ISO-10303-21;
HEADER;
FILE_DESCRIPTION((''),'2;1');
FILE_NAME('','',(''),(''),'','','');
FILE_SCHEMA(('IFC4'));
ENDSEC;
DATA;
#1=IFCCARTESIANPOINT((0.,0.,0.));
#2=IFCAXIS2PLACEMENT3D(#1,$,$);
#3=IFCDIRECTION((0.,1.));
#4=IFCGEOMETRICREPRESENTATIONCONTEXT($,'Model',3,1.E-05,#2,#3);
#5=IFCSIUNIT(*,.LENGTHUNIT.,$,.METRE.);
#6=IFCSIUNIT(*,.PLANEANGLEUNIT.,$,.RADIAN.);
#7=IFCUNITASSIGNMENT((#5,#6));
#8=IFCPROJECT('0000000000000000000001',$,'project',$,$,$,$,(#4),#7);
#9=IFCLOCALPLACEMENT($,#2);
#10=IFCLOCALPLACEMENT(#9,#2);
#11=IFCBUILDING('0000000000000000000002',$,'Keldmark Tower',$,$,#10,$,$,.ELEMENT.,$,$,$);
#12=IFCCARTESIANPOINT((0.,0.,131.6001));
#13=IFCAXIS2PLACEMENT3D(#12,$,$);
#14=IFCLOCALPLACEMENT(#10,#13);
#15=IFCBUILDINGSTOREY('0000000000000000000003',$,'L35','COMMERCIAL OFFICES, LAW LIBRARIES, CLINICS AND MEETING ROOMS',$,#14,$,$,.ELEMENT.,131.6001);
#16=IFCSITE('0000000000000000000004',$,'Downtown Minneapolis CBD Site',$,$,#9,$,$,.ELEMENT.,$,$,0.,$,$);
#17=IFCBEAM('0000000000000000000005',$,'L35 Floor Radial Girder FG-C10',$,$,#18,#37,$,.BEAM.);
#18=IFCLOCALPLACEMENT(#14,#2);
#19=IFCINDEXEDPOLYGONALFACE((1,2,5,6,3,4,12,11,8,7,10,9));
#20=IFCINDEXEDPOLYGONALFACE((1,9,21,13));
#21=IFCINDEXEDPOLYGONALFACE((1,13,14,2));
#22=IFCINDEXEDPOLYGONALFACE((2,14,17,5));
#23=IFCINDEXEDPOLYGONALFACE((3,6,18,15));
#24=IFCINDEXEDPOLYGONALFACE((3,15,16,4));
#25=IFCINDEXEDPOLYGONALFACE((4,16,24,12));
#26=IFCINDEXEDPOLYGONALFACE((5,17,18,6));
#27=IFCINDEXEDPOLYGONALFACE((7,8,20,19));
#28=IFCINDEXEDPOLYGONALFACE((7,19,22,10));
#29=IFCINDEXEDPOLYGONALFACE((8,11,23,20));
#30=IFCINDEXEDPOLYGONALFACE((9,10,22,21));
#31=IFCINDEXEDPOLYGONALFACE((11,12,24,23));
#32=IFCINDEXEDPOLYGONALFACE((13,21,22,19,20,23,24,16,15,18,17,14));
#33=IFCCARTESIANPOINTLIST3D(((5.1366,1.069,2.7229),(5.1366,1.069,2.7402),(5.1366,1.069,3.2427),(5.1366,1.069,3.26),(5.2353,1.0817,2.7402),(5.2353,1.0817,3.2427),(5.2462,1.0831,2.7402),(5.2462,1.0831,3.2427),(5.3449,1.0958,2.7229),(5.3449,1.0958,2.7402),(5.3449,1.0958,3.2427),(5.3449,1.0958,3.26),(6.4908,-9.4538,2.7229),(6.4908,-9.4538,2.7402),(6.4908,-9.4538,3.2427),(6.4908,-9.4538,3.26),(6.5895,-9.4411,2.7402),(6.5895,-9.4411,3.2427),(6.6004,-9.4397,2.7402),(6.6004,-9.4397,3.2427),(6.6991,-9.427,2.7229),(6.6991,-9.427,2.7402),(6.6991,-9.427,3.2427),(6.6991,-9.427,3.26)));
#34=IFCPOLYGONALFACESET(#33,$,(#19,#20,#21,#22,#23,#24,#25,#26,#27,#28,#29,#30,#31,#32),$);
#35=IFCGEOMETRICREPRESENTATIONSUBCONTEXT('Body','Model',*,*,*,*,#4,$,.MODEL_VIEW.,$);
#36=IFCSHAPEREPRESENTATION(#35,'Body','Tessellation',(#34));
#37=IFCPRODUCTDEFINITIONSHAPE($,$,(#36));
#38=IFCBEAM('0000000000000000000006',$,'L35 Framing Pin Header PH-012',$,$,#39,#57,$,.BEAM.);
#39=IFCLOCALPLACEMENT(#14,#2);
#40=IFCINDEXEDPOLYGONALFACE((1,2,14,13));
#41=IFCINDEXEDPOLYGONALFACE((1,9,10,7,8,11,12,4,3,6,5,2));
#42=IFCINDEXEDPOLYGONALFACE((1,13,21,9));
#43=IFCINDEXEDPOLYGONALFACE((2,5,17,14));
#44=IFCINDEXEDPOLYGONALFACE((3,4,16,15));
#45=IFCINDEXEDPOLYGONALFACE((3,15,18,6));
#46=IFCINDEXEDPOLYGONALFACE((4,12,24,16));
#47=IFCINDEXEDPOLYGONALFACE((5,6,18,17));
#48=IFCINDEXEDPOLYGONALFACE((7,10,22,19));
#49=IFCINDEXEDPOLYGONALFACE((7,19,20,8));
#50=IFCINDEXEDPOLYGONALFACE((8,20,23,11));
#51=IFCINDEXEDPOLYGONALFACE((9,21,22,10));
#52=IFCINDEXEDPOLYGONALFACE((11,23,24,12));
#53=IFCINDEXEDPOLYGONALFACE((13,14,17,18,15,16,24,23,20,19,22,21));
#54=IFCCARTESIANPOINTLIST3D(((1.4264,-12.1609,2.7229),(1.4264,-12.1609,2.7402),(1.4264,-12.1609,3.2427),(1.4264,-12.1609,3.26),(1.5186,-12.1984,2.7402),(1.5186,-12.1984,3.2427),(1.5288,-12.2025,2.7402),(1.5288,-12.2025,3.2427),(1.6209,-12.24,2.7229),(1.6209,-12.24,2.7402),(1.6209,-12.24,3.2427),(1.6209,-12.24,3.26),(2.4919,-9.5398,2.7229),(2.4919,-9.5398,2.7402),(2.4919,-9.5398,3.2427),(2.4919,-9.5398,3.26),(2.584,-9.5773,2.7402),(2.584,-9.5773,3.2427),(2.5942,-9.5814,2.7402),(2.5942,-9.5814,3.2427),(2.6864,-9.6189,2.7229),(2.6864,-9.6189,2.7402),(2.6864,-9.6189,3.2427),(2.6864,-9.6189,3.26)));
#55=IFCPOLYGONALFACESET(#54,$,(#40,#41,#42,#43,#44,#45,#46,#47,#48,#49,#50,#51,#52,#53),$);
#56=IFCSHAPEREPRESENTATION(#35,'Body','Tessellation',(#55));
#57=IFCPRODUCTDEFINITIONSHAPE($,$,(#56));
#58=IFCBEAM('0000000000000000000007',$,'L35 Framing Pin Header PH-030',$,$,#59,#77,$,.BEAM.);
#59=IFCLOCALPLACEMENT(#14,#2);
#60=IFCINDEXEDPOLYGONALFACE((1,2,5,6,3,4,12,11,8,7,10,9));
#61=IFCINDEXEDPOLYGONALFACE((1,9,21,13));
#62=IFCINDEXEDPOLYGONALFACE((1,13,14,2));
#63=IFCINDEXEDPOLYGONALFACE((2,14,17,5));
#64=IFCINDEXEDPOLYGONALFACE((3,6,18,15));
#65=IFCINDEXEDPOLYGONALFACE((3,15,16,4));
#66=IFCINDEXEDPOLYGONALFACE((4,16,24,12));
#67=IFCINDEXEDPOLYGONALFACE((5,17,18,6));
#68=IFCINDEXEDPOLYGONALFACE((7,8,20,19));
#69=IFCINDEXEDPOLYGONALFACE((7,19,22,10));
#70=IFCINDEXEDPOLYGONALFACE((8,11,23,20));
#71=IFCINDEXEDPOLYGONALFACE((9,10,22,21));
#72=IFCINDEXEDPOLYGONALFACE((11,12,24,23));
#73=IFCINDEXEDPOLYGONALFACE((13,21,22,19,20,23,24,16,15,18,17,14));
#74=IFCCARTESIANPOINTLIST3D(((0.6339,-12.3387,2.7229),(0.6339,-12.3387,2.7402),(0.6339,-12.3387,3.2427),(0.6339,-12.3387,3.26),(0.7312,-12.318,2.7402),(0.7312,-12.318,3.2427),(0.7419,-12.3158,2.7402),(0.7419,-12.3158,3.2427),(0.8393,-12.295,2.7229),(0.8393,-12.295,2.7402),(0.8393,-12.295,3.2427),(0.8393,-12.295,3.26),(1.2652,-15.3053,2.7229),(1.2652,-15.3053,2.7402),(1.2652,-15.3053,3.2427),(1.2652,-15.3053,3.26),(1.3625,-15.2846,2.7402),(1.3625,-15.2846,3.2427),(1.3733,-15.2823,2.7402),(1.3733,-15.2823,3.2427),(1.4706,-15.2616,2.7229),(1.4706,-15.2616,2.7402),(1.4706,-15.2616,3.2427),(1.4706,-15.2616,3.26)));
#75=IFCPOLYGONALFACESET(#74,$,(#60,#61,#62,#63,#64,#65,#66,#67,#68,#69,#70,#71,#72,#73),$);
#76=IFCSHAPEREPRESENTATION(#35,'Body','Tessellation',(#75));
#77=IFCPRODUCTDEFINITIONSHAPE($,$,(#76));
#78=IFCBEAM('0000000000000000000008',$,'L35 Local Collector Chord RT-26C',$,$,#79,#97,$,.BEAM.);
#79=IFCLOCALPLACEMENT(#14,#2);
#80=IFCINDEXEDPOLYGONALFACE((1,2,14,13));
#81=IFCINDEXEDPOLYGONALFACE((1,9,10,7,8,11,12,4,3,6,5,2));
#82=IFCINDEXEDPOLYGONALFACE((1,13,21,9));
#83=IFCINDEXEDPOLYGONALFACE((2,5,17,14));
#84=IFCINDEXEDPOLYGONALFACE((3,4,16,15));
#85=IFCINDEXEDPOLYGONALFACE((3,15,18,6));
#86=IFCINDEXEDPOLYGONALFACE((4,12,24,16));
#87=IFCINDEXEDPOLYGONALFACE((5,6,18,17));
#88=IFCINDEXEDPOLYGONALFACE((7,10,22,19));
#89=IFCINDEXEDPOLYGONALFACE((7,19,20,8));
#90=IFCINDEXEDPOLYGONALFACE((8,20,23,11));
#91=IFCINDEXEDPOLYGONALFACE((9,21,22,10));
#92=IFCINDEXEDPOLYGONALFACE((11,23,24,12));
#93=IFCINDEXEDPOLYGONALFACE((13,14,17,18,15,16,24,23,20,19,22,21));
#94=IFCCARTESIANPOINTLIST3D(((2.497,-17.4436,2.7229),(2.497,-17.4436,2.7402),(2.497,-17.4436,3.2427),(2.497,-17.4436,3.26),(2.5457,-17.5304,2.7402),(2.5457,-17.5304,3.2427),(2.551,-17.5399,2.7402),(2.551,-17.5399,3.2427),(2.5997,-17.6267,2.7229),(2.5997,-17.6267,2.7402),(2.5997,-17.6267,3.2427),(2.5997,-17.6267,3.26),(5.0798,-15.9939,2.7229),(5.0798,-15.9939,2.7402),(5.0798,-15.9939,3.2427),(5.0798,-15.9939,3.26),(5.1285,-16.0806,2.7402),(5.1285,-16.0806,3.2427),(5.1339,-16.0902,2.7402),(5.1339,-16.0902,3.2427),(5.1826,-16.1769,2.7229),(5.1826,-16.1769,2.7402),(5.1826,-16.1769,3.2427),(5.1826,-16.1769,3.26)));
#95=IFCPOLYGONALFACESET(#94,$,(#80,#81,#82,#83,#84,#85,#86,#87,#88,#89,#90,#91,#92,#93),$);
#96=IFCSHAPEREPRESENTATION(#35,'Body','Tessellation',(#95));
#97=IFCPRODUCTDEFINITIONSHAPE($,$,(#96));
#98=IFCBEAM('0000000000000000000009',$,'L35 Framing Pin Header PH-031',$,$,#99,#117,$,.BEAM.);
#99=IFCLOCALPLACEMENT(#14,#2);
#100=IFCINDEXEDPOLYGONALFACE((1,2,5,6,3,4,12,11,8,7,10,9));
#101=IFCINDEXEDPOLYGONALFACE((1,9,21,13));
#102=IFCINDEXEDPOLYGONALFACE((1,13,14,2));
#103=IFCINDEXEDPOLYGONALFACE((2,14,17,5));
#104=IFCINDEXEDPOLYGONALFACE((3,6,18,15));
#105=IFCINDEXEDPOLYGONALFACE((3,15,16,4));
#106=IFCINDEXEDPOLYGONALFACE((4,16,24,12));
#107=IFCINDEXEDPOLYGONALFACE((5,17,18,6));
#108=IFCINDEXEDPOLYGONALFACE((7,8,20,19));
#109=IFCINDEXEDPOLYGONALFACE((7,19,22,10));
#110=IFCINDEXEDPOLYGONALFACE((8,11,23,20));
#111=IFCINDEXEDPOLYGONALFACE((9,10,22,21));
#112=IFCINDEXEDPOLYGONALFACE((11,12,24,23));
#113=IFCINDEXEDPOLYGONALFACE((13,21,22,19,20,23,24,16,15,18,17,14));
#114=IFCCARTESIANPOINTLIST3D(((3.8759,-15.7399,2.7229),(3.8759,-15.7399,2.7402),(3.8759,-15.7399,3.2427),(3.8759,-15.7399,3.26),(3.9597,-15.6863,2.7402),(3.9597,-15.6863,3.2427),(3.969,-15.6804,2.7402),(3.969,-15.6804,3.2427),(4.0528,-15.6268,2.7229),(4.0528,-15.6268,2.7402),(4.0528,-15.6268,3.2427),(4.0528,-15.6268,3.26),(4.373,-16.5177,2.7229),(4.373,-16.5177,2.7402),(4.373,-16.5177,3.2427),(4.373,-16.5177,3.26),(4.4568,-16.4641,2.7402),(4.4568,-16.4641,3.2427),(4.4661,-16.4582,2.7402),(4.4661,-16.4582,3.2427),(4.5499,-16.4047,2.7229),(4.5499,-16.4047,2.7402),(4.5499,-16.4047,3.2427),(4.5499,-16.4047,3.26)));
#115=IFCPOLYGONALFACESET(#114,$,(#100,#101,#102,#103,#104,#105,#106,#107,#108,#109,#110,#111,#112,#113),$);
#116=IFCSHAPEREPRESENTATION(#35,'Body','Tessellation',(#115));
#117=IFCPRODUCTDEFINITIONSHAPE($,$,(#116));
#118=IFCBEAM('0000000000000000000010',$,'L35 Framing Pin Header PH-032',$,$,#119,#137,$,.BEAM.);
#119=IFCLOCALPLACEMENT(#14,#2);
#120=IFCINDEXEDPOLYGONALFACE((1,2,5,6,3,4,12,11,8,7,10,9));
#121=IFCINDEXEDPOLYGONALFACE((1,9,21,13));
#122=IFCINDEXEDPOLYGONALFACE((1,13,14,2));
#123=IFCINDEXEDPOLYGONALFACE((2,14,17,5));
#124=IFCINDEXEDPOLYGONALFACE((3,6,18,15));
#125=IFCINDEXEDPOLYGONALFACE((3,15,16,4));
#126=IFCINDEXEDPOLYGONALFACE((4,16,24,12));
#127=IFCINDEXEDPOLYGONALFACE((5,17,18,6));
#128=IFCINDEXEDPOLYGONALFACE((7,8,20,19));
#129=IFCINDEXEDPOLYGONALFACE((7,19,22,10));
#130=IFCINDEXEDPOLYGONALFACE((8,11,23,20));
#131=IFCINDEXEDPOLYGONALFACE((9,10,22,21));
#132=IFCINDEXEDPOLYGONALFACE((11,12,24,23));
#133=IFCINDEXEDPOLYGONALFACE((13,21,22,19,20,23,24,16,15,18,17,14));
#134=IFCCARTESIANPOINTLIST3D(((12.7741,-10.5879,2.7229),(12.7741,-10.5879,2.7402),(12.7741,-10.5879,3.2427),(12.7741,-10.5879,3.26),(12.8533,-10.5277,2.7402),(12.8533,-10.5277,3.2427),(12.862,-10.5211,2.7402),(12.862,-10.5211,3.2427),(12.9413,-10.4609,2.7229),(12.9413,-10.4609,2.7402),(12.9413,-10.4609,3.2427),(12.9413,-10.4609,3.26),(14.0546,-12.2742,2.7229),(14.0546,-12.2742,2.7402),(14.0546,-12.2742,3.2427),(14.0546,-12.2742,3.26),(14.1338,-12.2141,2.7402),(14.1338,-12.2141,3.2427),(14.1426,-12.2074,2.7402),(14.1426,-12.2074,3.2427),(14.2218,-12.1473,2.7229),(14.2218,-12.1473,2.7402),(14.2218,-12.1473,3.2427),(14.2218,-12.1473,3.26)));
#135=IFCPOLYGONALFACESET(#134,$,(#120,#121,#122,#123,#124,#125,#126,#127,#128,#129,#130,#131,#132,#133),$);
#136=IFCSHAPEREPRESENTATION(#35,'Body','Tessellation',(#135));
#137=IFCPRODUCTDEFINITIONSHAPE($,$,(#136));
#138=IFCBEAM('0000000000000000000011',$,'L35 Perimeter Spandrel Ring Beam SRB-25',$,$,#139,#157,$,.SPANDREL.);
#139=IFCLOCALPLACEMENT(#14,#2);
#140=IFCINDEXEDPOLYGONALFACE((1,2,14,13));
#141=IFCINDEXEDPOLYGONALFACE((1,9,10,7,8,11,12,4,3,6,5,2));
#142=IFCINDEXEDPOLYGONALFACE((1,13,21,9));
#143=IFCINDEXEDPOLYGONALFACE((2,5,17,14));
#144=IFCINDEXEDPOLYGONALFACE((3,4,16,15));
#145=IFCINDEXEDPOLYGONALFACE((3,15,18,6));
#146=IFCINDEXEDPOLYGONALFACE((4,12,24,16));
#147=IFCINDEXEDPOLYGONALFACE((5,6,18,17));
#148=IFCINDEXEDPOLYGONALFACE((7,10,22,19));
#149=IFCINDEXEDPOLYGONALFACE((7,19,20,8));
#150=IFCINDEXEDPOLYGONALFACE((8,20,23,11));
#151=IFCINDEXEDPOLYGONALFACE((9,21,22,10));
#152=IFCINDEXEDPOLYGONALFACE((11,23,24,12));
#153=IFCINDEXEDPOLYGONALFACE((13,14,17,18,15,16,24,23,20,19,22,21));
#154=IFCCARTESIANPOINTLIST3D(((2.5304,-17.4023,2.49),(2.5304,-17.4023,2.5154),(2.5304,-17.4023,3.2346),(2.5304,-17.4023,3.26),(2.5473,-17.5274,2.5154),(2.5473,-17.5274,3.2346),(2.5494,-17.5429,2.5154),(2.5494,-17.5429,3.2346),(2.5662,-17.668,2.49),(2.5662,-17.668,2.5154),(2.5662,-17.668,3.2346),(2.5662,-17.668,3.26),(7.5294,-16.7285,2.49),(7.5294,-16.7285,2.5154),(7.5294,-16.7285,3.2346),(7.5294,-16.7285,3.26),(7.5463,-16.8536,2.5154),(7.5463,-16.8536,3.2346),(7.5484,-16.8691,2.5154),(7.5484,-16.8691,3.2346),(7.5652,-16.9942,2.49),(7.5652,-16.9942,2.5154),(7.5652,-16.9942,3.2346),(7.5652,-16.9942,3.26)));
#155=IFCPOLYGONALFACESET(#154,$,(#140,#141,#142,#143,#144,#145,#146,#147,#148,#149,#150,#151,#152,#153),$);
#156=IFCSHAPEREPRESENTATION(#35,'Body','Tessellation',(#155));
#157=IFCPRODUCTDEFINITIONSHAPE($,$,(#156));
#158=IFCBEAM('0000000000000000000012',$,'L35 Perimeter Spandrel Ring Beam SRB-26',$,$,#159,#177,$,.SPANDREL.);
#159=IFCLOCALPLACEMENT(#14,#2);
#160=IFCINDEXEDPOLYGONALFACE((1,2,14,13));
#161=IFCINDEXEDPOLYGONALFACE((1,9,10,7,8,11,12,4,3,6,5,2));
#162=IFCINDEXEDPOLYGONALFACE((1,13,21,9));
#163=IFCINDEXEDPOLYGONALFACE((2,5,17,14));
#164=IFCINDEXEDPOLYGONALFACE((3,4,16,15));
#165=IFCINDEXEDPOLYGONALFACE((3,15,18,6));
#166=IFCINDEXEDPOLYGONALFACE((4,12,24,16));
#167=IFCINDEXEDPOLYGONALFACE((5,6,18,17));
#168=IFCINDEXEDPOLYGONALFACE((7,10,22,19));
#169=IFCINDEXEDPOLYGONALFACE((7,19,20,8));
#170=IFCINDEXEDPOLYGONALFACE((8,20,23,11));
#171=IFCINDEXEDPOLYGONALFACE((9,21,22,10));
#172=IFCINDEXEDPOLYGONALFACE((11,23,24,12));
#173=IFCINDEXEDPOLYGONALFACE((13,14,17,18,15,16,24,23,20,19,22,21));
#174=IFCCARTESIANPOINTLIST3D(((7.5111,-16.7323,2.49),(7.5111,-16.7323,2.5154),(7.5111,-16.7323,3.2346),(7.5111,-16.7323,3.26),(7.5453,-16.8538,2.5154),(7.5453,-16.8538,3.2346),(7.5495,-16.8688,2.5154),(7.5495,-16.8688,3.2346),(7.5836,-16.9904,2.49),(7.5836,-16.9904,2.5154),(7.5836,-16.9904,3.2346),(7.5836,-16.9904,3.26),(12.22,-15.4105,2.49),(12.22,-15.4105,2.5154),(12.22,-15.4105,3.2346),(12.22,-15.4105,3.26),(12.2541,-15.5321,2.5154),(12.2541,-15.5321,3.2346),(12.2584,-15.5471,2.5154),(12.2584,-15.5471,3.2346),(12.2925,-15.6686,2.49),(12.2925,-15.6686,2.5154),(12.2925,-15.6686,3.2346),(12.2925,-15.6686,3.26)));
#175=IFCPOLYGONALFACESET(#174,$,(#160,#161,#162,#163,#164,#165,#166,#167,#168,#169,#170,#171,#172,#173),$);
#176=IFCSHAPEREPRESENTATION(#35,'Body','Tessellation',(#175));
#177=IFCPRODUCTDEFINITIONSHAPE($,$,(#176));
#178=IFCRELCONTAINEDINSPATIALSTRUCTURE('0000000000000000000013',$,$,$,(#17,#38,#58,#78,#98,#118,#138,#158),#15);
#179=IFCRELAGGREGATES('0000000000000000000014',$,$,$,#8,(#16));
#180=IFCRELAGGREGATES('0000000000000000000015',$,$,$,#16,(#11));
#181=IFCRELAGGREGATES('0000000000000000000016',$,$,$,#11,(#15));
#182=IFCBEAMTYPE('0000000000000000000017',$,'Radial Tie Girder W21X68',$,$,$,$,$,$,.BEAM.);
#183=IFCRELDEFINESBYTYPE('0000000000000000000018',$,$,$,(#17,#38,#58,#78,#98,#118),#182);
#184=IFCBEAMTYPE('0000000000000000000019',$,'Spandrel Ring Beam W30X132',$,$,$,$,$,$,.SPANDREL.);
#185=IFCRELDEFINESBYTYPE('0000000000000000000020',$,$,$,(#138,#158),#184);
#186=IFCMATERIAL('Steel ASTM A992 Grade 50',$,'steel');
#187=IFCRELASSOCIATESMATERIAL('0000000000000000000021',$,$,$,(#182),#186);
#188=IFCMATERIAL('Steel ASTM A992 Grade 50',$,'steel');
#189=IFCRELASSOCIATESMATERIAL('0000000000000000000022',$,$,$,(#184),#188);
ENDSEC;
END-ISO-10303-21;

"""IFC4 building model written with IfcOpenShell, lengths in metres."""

from ifc_helpers import new_model, si_unit, direction, frame, origin, origin_2d, place, context, subcontext, project, spatial, i_section, extrude, material, material_profile, profile_set, type_object, element, save


model = new_model("IFC4")

# Units and contexts
model_context = context("Model", 3, precision=1e-05, world=origin(), true_north=direction((0.0, 1.0)))
body_context = subcontext(model_context, "Body", "Model", "MODEL_VIEW")
ifc_project = project(units=[si_unit("LENGTHUNIT", "METRE"), si_unit("PLANEANGLEUNIT", "RADIAN")], contexts=[model_context])

# Site, building, storey
site_placement = place(None, origin())
site = spatial("IfcSite", under=ifc_project, at=site_placement, Name="Downtown Minneapolis CBD Site", CompositionType="ELEMENT", RefElevation=0.0)
building_placement = place(site_placement, origin())
building = spatial("IfcBuilding", under=site, at=building_placement, Name="Keldmark Tower", CompositionType="ELEMENT")
storey_placement = place(building_placement, frame((0.0, 0.0, 131.6001)))
storey = spatial("IfcBuildingStorey", under=building, at=storey_placement, Name="L35", Description="COMMERCIAL OFFICES, LAW LIBRARIES, CLINICS AND MEETING ROOMS", CompositionType="ELEMENT", Elevation=131.6001)

# Beams
ifc_material_1 = material(Name="Steel ASTM A992 Grade 50", Category="steel")
ifc_material_profile_1 = material_profile(ifc_material_1, i_section(OverallWidth=0.21, OverallDepth=0.5371, WebThickness=0.011, FlangeThickness=0.0173, at=origin_2d()), Name="W21X68")
ifc_profile_set_1 = profile_set([ifc_material_profile_1], Name="Steel ASTM A992 Grade 50")
beam_type_1 = type_object("IfcBeamType", Name="Radial Tie Girder W21X68", PredefinedType="BEAM", material=ifc_profile_set_1)
beam_1_placement = place(storey_placement, frame((6.595, -9.4404, 2.9915), z_axis=(-0.127642, 0.99182, 0.0), x_axis=(-0.99182, -0.127642, 0.0)))
element("IfcBeam", 1, at=beam_1_placement, inside=storey, type_object=beam_type_1, Name="L35 Floor Radial Girder FG-C10", PredefinedType="BEAM", context=body_context, shape_type="SweptSolid", body=[
    extrude(i_section(OverallWidth=0.21, OverallDepth=0.5371, WebThickness=0.011, FlangeThickness=0.0173, at=origin_2d()), origin(), (0.0, 0.0, 1.0), 10.6096),
])
beam_2_placement = place(storey_placement, frame((2.5891, -9.5793, 2.9915), z_axis=(-0.376562, -0.926391, 0.0), x_axis=(0.926391, -0.376562, 0.0)))
element("IfcBeam", 2, at=beam_2_placement, inside=storey, type_object=beam_type_1, Name="L35 Framing Pin Header PH-012", PredefinedType="BEAM", context=body_context, shape_type="SweptSolid", body=[
    extrude(i_section(OverallWidth=0.21, OverallDepth=0.5371, WebThickness=0.011, FlangeThickness=0.0173, at=origin_2d()), origin(), (0.0, 0.0, 1.0), 2.8293),
])
beam_3_placement = place(storey_placement, frame((0.7366, -12.3169, 2.9915), z_axis=(0.20816, -0.978095, 0.0), x_axis=(0.978095, 0.20816, 0.0)))
element("IfcBeam", 3, at=beam_3_placement, inside=storey, type_object=beam_type_1, Name="L35 Framing Pin Header PH-030", PredefinedType="BEAM", context=body_context, shape_type="SweptSolid", body=[
    extrude(i_section(OverallWidth=0.21, OverallDepth=0.5371, WebThickness=0.011, FlangeThickness=0.0173, at=origin_2d()), origin(), (0.0, 0.0, 1.0), 3.033),
])
beam_4_placement = place(storey_placement, frame((2.5483, -17.5352, 2.9915), z_axis=(0.872022, 0.489467, 0.0), x_axis=(-0.489467, 0.872022, 0.0)))
element("IfcBeam", 4, at=beam_4_placement, inside=storey, type_object=beam_type_1, Name="L35 Local Collector Chord RT-26C", PredefinedType="BEAM", context=body_context, shape_type="SweptSolid", body=[
    extrude(i_section(OverallWidth=0.21, OverallDepth=0.5371, WebThickness=0.011, FlangeThickness=0.0173, at=origin_2d()), origin(), (0.0, 0.0, 1.0), 2.9619),
])
beam_5_placement = place(storey_placement, frame((3.9644, -15.6833, 2.9915), z_axis=(0.538483, -0.842636, 0.0), x_axis=(0.842636, 0.538483, 0.0)))
element("IfcBeam", 5, at=beam_5_placement, inside=storey, type_object=beam_type_1, Name="L35 Framing Pin Header PH-031", PredefinedType="BEAM", context=body_context, shape_type="SweptSolid", body=[
    extrude(i_section(OverallWidth=0.21, OverallDepth=0.5371, WebThickness=0.011, FlangeThickness=0.0173, at=origin_2d()), origin(), (0.0, 0.0, 1.0), 0.9231),
])
beam_6_placement = place(storey_placement, frame((12.8577, -10.5244, 2.9915), z_axis=(0.604767, -0.796402, 0.0), x_axis=(0.796402, 0.604767, 0.0)))
element("IfcBeam", 6, at=beam_6_placement, inside=storey, type_object=beam_type_1, Name="L35 Framing Pin Header PH-032", PredefinedType="BEAM", context=body_context, shape_type="SweptSolid", body=[
    extrude(i_section(OverallWidth=0.21, OverallDepth=0.5371, WebThickness=0.011, FlangeThickness=0.0173, at=origin_2d()), origin(), (0.0, 0.0, 1.0), 2.1174),
])
ifc_material_2 = material(Name="Steel ASTM A992 Grade 50", Category="steel")
ifc_material_profile_2 = material_profile(ifc_material_2, i_section(OverallWidth=0.2681, OverallDepth=0.77, WebThickness=0.0156, FlangeThickness=0.0254, at=origin_2d()), Name="W30X132")
ifc_profile_set_2 = profile_set([ifc_material_profile_2], Name="Steel ASTM A992 Grade 50")
beam_type_2 = type_object("IfcBeamType", Name="Spandrel Ring Beam W30X132", PredefinedType="SPANDREL", material=ifc_profile_set_2)
beam_7_placement = place(storey_placement, frame((2.5483, -17.5352, 2.875), z_axis=(0.991038, 0.133584, 0.0), x_axis=(-0.133584, 0.991038, 0.0)))
element("IfcBeam", 7, at=beam_7_placement, inside=storey, type_object=beam_type_2, Name="L35 Perimeter Spandrel Ring Beam SRB-25", PredefinedType="SPANDREL", context=body_context, shape_type="SweptSolid", body=[
    extrude(i_section(OverallWidth=0.2681, OverallDepth=0.77, WebThickness=0.0156, FlangeThickness=0.0254, at=origin_2d()), origin(), (0.0, 0.0, 1.0), 5.0442),
])
beam_8_placement = place(storey_placement, frame((7.5474, -16.8613, 2.875), z_axis=(0.962791, 0.270248, 0.0), x_axis=(-0.270248, 0.962791, 0.0)))
element("IfcBeam", 8, at=beam_8_placement, inside=storey, type_object=beam_type_2, Name="L35 Perimeter Spandrel Ring Beam SRB-26", PredefinedType="SPANDREL", context=body_context, shape_type="SweptSolid", body=[
    extrude(i_section(OverallWidth=0.2681, OverallDepth=0.77, WebThickness=0.0156, FlangeThickness=0.0254, at=origin_2d()), origin(), (0.0, 0.0, 1.0), 4.8909),
])

save(model, "model.ifc")
